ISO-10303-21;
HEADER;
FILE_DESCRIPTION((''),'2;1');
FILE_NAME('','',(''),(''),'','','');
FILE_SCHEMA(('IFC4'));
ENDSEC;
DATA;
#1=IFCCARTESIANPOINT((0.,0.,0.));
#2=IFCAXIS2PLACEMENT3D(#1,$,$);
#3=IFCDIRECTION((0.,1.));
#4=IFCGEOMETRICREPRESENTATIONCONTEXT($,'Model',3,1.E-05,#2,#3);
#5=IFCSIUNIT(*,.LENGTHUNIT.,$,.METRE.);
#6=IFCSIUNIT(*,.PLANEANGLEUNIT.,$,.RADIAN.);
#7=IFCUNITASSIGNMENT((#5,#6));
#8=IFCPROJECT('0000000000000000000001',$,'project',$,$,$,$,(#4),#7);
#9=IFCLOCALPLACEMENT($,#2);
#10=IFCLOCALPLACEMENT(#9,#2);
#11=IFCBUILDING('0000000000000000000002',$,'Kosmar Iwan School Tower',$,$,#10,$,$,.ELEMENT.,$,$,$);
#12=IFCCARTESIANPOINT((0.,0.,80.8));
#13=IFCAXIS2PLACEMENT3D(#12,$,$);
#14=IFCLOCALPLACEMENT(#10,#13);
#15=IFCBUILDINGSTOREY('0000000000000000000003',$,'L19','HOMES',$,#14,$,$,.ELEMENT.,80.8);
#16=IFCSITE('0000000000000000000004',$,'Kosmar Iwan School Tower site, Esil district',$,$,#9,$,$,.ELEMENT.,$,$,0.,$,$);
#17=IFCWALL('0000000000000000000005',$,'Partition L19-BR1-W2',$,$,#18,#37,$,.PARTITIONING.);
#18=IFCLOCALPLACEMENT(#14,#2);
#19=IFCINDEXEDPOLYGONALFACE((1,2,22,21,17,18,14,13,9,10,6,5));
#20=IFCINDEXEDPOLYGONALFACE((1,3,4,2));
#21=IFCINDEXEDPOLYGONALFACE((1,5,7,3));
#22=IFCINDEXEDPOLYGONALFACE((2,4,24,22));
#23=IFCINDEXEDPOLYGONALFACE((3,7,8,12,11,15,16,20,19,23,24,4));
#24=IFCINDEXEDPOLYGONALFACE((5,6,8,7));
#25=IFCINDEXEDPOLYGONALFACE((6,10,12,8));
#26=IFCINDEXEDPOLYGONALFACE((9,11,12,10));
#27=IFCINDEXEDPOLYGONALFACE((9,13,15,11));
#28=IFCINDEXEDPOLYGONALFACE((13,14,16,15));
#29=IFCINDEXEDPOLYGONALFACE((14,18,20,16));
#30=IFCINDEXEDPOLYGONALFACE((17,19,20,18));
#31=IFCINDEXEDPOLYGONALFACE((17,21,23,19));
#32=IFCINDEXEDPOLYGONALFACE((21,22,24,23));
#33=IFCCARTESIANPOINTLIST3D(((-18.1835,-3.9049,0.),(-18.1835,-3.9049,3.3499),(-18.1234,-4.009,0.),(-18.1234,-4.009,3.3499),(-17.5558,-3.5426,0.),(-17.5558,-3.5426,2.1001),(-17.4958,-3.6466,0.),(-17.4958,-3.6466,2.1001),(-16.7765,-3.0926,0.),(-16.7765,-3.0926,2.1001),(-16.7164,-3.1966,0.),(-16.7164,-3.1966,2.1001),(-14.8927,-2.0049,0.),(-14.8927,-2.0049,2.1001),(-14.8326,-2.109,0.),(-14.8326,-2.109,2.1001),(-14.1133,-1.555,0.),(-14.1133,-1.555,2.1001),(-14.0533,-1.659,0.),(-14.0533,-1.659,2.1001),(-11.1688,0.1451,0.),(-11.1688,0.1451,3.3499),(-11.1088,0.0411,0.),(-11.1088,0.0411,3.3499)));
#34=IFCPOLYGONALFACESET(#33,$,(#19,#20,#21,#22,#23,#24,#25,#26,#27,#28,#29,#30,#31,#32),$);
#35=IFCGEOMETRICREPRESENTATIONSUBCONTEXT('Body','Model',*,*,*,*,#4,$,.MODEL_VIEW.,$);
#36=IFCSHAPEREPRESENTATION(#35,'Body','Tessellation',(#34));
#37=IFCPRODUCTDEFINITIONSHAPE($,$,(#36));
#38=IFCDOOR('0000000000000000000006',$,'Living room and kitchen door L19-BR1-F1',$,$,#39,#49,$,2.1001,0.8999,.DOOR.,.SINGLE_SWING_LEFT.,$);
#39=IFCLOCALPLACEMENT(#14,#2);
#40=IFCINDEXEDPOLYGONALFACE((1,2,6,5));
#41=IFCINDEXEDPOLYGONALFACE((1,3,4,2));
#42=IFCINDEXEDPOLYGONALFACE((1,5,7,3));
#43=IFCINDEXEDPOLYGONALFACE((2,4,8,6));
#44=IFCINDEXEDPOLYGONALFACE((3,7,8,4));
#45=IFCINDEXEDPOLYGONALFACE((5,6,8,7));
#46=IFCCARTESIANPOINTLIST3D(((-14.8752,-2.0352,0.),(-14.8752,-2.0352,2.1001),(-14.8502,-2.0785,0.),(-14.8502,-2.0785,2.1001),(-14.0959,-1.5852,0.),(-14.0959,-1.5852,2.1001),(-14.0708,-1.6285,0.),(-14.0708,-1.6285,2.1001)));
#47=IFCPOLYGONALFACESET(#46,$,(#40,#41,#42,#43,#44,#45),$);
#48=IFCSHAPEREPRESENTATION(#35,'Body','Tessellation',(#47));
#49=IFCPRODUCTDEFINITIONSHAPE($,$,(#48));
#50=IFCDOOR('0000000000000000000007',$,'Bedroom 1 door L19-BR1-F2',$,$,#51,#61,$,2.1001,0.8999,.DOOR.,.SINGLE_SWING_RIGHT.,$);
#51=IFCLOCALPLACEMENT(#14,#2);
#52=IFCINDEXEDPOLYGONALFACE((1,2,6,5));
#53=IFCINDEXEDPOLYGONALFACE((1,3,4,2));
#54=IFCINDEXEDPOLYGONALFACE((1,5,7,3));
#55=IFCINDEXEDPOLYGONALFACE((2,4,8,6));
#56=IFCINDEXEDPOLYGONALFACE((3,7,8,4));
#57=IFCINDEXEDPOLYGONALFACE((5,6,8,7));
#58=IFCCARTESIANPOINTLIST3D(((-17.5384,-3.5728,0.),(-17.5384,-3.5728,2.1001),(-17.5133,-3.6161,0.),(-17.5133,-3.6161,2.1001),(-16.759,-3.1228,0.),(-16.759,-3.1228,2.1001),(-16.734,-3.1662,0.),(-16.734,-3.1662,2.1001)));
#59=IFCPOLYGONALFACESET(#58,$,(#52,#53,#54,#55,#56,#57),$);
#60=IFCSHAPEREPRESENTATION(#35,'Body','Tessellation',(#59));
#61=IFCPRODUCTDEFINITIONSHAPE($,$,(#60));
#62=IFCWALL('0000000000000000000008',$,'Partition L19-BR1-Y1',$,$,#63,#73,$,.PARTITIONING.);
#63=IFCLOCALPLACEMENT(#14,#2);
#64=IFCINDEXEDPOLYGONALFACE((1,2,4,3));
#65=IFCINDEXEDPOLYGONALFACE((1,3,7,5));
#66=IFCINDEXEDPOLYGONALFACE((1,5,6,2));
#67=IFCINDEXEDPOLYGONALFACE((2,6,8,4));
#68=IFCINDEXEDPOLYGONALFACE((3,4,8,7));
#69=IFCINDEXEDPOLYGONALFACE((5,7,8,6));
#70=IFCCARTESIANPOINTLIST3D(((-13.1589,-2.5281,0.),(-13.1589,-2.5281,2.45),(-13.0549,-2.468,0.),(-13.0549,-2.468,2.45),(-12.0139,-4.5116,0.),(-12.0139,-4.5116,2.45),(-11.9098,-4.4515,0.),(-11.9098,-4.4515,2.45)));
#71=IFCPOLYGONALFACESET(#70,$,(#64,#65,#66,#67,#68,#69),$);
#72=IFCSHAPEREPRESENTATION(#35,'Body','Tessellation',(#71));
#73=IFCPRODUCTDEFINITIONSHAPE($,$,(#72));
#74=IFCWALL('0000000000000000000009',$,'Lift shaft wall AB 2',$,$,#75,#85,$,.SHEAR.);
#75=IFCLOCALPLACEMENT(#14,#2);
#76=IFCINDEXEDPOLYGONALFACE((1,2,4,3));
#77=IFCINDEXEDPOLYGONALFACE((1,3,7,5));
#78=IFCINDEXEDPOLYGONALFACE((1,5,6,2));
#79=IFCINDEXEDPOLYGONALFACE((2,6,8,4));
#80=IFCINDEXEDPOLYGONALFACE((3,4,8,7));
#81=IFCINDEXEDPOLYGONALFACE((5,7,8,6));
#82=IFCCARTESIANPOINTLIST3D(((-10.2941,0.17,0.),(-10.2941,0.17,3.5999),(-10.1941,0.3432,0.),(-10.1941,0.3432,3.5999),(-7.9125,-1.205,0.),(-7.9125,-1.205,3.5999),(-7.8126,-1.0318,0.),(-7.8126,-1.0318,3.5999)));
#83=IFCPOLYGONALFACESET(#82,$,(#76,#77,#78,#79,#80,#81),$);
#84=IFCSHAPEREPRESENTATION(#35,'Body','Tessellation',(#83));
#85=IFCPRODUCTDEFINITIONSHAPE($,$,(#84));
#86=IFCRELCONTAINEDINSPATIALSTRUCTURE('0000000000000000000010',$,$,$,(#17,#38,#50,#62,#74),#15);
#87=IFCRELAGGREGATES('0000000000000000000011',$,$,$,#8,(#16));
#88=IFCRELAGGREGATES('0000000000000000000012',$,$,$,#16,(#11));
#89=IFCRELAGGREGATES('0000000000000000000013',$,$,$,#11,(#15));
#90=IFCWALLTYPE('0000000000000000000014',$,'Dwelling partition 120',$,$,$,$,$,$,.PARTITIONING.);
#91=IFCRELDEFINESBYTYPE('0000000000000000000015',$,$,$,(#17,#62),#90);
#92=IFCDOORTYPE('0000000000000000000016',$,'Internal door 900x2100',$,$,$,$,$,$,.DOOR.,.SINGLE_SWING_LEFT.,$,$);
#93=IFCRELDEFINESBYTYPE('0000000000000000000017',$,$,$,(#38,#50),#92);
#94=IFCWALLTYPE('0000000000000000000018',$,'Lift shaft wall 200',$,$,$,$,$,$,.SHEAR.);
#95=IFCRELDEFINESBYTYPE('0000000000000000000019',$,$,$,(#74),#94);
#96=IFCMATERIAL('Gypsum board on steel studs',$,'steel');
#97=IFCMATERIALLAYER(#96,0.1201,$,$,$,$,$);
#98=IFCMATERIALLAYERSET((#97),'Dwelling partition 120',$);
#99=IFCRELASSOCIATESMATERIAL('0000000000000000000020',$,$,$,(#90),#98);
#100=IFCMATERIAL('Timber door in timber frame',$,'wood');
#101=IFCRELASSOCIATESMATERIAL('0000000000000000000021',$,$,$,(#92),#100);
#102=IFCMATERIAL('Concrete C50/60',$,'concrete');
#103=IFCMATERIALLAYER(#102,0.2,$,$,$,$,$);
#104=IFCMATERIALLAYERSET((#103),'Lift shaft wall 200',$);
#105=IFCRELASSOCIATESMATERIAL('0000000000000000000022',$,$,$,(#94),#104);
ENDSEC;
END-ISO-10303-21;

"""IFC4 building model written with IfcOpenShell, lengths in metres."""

from ifc_helpers import new_model, si_unit, direction, frame, frame_2d, origin, place, context, subcontext, project, spatial, rectangle, extrude, material, layer, layer_set, type_object, element, fill, save


model = new_model("IFC4")

# Units and contexts
model_context = context("Model", 3, precision=1e-05, world=origin(), true_north=direction((0.0, 1.0)))
body_context = subcontext(model_context, "Body", "Model", "MODEL_VIEW")
ifc_project = project(units=[si_unit("LENGTHUNIT", "METRE"), si_unit("PLANEANGLEUNIT", "RADIAN")], contexts=[model_context])

# Site, building, storey
site_placement = place(None, origin())
site = spatial("IfcSite", under=ifc_project, at=site_placement, Name="Kosmar Iwan School Tower site, Esil district", CompositionType="ELEMENT", RefElevation=0.0)
building_placement = place(site_placement, origin())
building = spatial("IfcBuilding", under=site, at=building_placement, Name="Kosmar Iwan School Tower", CompositionType="ELEMENT")
storey_placement = place(building_placement, frame((0.0, 0.0, 80.8)))
storey = spatial("IfcBuildingStorey", under=building, at=storey_placement, Name="L19", Description="HOMES", CompositionType="ELEMENT", Elevation=80.8)

# Wall, openings, doors
ifc_material_1 = material(Name="Gypsum board on steel studs", Category="steel")
ifc_layer_1 = layer(ifc_material_1, 0.1201)
ifc_layer_set_1 = layer_set([ifc_layer_1], Name="Dwelling partition 120")
wall_type_1 = type_object("IfcWallType", Name="Dwelling partition 120", PredefinedType="PARTITIONING", material=ifc_layer_set_1)
ifc_material_2 = material(Name="Timber door in timber frame", Category="wood")
door_type_1 = type_object("IfcDoorType", Name="Internal door 900x2100", OperationType="SINGLE_SWING_LEFT", PredefinedType="DOOR", material=ifc_material_2)
wall_1_placement = place(storey_placement, frame((-11.1389, 0.093, 0.0), z_axis=(0.0, 0.0, 1.0), x_axis=(-0.866018, -0.500013, 0.0)))
wall_1 = element("IfcWall", 1, at=wall_1_placement, inside=storey, type_object=wall_type_1, Name="Partition L19-BR1-W2", PredefinedType="PARTITIONING", context=body_context, shape_type="SweptSolid", body=[
    extrude(rectangle(XDim=8.0999, YDim=0.1201, at=frame_2d((4.0498, 0.0))), origin(), (0.0, 0.0, 1.0), 3.3499),
])
opening_1_placement = place(wall_1_placement, frame((3.3999, 0.0, 0.0)))
opening_1 = element("IfcOpeningElement", 2, at=opening_1_placement, cuts=wall_1, PredefinedType="OPENING", context=body_context, shape_type="SweptSolid", body=[
    extrude(rectangle(XDim=0.8999, YDim=2.1001, at=frame_2d((0.45, 1.05))), frame((0.0, 0.072, 0.0), z_axis=(0.0, -1.0, 0.0), x_axis=(1.0, 0.0, 0.0)), (0.0, 0.0, 1.0), 0.144),
])
opening_2_placement = place(wall_1_placement, frame((6.4751, 0.0, 0.0)))
opening_2 = element("IfcOpeningElement", 3, at=opening_2_placement, cuts=wall_1, PredefinedType="OPENING", context=body_context, shape_type="SweptSolid", body=[
    extrude(rectangle(XDim=0.8999, YDim=2.1001, at=frame_2d((0.45, 1.05))), frame((0.0, 0.072, 0.0), z_axis=(0.0, -1.0, 0.0), x_axis=(1.0, 0.0, 0.0)), (0.0, 0.0, 1.0), 0.144),
])
door_1_placement = place(opening_1_placement, origin())
door_1 = element("IfcDoor", 4, at=door_1_placement, inside=storey, type_object=door_type_1, Name="Living room and kitchen door L19-BR1-F1", OperationType="SINGLE_SWING_LEFT", OverallHeight=2.1001, OverallWidth=0.8999, PredefinedType="DOOR", context=body_context, shape_type="SweptSolid", body=[
    extrude(rectangle(XDim=0.8999, YDim=2.1001, at=frame_2d((0.45, 1.05))), frame((0.0, 0.0249, 0.0), z_axis=(0.0, -1.0, 0.0), x_axis=(1.0, 0.0, 0.0)), (0.0, 0.0, 1.0), 0.05),
])
fill(opening_1, door_1)
door_2_placement = place(opening_2_placement, origin())
door_2 = element("IfcDoor", 5, at=door_2_placement, inside=storey, type_object=door_type_1, Name="Bedroom 1 door L19-BR1-F2", OperationType="SINGLE_SWING_RIGHT", OverallHeight=2.1001, OverallWidth=0.8999, PredefinedType="DOOR", context=body_context, shape_type="SweptSolid", body=[
    extrude(rectangle(XDim=0.8999, YDim=2.1001, at=frame_2d((0.45, 1.05))), frame((0.0, 0.0249, 0.0), z_axis=(0.0, -1.0, 0.0), x_axis=(1.0, 0.0, 0.0)), (0.0, 0.0, 1.0), 0.05),
])
fill(opening_2, door_2)

# Walls
wall_2_placement = place(storey_placement, frame((-11.9619, -4.4814, 0.0), z_axis=(0.0, 0.0, 1.0), x_axis=(-0.499969, 0.866044, 0.0)))
element("IfcWall", 6, at=wall_2_placement, inside=storey, type_object=wall_type_1, Name="Partition L19-BR1-Y1", PredefinedType="PARTITIONING", context=body_context, shape_type="SweptSolid", body=[
    extrude(rectangle(XDim=2.2903, YDim=0.1201, at=frame_2d((1.145, 0.0))), origin(), (0.0, 0.0, 1.0), 2.45),
])
ifc_material_3 = material(Name="Concrete C50/60", Category="concrete")
ifc_layer_2 = layer(ifc_material_3, 0.2)
ifc_layer_set_2 = layer_set([ifc_layer_2], Name="Lift shaft wall 200")
wall_type_2 = type_object("IfcWallType", Name="Lift shaft wall 200", PredefinedType="SHEAR", material=ifc_layer_set_2)
wall_3_placement = place(storey_placement, frame((-7.8625, -1.1184, 0.0), z_axis=(0.0, 0.0, 1.0), x_axis=(-0.866027, 0.499997, 0.0)))
element("IfcWall", 7, at=wall_3_placement, inside=storey, type_object=wall_type_2, Name="Lift shaft wall AB 2", PredefinedType="SHEAR", context=body_context, shape_type="SweptSolid", body=[
    extrude(rectangle(XDim=2.75, YDim=0.2, at=frame_2d((1.375, 0.0))), origin(), (0.0, 0.0, 1.0), 3.5999),
])

save(model, "model.ifc")
